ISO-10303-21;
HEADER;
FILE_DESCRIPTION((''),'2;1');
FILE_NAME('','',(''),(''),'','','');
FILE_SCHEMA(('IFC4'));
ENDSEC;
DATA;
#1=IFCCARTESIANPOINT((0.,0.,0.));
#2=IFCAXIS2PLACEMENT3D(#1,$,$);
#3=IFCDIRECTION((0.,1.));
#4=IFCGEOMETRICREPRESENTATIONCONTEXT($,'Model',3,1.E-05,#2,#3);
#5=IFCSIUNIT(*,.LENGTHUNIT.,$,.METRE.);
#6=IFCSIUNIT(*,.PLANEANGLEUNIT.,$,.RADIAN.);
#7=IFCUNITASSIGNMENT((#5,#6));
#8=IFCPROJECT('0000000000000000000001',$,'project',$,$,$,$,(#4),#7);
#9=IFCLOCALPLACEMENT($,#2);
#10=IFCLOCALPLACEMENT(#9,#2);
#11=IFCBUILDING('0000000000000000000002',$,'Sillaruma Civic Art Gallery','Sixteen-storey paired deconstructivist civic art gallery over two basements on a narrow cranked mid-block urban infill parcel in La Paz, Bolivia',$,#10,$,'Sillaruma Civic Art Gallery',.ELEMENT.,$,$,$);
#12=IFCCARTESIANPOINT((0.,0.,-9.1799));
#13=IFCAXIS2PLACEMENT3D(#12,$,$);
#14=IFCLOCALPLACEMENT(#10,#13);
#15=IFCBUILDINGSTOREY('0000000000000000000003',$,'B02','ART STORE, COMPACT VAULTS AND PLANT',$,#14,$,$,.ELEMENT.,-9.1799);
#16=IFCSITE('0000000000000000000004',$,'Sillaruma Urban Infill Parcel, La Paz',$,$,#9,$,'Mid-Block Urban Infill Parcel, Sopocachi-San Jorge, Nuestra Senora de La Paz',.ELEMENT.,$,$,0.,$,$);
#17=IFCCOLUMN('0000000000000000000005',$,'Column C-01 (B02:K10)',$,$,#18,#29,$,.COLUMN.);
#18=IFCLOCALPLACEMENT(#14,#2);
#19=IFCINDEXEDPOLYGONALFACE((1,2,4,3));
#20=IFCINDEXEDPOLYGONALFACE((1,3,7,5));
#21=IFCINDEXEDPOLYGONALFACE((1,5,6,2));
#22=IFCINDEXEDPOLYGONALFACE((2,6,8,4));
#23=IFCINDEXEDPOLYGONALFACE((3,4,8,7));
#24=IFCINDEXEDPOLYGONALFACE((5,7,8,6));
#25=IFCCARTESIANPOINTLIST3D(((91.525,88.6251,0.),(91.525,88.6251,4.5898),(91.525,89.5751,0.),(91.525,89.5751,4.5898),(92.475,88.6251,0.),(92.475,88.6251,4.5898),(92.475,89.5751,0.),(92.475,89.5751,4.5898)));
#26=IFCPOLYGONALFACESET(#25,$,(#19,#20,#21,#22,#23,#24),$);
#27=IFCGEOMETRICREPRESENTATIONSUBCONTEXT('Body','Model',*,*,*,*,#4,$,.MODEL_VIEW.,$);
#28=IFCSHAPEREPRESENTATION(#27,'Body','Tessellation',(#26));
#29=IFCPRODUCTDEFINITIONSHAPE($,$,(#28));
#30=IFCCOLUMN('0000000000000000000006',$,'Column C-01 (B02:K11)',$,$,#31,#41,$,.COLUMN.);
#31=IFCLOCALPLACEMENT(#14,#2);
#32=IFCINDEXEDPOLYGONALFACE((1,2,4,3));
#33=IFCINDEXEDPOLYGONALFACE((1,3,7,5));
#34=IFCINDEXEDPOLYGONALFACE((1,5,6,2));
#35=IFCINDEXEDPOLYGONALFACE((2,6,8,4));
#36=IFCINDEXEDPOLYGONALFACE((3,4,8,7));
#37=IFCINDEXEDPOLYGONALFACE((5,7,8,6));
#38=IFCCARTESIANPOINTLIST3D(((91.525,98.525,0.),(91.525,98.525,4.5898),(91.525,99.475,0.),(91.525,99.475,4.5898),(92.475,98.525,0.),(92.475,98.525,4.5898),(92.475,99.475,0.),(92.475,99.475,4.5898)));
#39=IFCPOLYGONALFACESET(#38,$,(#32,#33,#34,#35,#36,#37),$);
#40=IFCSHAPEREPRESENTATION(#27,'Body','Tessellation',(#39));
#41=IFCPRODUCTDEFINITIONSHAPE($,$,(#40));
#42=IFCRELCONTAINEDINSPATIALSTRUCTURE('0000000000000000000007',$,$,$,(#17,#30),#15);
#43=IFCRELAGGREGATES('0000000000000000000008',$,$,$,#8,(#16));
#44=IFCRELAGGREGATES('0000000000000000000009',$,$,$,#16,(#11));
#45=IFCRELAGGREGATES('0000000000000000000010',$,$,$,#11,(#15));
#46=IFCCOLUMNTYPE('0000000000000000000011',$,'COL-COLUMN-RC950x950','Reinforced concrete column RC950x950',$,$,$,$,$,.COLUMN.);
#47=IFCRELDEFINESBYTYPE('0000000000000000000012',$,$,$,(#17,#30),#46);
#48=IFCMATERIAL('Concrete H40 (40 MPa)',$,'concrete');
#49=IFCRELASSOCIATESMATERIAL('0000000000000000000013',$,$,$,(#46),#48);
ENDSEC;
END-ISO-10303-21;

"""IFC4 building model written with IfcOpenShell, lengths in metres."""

from ifc_helpers import new_model, si_unit, direction, frame, origin, origin_2d, place, context, subcontext, project, spatial, rectangle, extrude, material, material_profile, profile_set, type_object, element, save


model = new_model("IFC4")

# Units and contexts
model_context = context("Model", 3, precision=1e-05, world=origin(), true_north=direction((0.0, 1.0)))
body_context = subcontext(model_context, "Body", "Model", "MODEL_VIEW")
ifc_project = project(units=[si_unit("LENGTHUNIT", "METRE"), si_unit("PLANEANGLEUNIT", "RADIAN")], contexts=[model_context])

# Site, building, storey
site_placement = place(None, origin())
site = spatial("IfcSite", under=ifc_project, at=site_placement, Name="Sillaruma Urban Infill Parcel, La Paz", LongName="Mid-Block Urban Infill Parcel, Sopocachi-San Jorge, Nuestra Senora de La Paz", CompositionType="ELEMENT", RefElevation=0.0)
building_placement = place(site_placement, origin())
building = spatial("IfcBuilding", under=site, at=building_placement, Name="Sillaruma Civic Art Gallery", Description="Sixteen-storey paired deconstructivist civic art gallery over two basements on a narrow cranked mid-block urban infill parcel in La Paz, Bolivia", LongName="Sillaruma Civic Art Gallery", CompositionType="ELEMENT")
storey_placement = place(building_placement, frame((0.0, 0.0, -9.1799)))
storey = spatial("IfcBuildingStorey", under=building, at=storey_placement, Name="B02", Description="ART STORE, COMPACT VAULTS AND PLANT", CompositionType="ELEMENT", Elevation=-9.1799)

# Columns
ifc_material_1 = material(Name="Concrete H40 (40 MPa)", Category="concrete")
ifc_material_profile_1 = material_profile(ifc_material_1, rectangle(XDim=0.95, YDim=0.95, at=origin_2d()), Name="RC950x950")
ifc_profile_set_1 = profile_set([ifc_material_profile_1], Name="Concrete H40 (40 MPa)")
column_type_1 = type_object("IfcColumnType", Name="COL-COLUMN-RC950x950", Description="Reinforced concrete column RC950x950", PredefinedType="COLUMN", material=ifc_profile_set_1)
for number, where, z_axis, x_axis, name in (
    (1, (92.0, 89.1001, 0.0), (0.0, 0.0, 1.0), (1.0, 0.0, 0.0), "Column C-01 (B02:K10)"),
    (2, (92.0, 99.0, 0.0), (0.0, 0.0, 1.0), (1.0, 0.0, 0.0), "Column C-01 (B02:K11)"),
):
    element("IfcColumn", number, at=place(storey_placement, frame(where, z_axis=z_axis, x_axis=x_axis)), inside=storey, type_object=column_type_1, Name=name, PredefinedType="COLUMN", context=body_context, shape_type="SweptSolid", body=[
        extrude(rectangle(XDim=0.95, YDim=0.95, at=origin_2d()), origin(), (0.0, 0.0, 1.0), 4.5898),
    ])

save(model, "model.ifc")
